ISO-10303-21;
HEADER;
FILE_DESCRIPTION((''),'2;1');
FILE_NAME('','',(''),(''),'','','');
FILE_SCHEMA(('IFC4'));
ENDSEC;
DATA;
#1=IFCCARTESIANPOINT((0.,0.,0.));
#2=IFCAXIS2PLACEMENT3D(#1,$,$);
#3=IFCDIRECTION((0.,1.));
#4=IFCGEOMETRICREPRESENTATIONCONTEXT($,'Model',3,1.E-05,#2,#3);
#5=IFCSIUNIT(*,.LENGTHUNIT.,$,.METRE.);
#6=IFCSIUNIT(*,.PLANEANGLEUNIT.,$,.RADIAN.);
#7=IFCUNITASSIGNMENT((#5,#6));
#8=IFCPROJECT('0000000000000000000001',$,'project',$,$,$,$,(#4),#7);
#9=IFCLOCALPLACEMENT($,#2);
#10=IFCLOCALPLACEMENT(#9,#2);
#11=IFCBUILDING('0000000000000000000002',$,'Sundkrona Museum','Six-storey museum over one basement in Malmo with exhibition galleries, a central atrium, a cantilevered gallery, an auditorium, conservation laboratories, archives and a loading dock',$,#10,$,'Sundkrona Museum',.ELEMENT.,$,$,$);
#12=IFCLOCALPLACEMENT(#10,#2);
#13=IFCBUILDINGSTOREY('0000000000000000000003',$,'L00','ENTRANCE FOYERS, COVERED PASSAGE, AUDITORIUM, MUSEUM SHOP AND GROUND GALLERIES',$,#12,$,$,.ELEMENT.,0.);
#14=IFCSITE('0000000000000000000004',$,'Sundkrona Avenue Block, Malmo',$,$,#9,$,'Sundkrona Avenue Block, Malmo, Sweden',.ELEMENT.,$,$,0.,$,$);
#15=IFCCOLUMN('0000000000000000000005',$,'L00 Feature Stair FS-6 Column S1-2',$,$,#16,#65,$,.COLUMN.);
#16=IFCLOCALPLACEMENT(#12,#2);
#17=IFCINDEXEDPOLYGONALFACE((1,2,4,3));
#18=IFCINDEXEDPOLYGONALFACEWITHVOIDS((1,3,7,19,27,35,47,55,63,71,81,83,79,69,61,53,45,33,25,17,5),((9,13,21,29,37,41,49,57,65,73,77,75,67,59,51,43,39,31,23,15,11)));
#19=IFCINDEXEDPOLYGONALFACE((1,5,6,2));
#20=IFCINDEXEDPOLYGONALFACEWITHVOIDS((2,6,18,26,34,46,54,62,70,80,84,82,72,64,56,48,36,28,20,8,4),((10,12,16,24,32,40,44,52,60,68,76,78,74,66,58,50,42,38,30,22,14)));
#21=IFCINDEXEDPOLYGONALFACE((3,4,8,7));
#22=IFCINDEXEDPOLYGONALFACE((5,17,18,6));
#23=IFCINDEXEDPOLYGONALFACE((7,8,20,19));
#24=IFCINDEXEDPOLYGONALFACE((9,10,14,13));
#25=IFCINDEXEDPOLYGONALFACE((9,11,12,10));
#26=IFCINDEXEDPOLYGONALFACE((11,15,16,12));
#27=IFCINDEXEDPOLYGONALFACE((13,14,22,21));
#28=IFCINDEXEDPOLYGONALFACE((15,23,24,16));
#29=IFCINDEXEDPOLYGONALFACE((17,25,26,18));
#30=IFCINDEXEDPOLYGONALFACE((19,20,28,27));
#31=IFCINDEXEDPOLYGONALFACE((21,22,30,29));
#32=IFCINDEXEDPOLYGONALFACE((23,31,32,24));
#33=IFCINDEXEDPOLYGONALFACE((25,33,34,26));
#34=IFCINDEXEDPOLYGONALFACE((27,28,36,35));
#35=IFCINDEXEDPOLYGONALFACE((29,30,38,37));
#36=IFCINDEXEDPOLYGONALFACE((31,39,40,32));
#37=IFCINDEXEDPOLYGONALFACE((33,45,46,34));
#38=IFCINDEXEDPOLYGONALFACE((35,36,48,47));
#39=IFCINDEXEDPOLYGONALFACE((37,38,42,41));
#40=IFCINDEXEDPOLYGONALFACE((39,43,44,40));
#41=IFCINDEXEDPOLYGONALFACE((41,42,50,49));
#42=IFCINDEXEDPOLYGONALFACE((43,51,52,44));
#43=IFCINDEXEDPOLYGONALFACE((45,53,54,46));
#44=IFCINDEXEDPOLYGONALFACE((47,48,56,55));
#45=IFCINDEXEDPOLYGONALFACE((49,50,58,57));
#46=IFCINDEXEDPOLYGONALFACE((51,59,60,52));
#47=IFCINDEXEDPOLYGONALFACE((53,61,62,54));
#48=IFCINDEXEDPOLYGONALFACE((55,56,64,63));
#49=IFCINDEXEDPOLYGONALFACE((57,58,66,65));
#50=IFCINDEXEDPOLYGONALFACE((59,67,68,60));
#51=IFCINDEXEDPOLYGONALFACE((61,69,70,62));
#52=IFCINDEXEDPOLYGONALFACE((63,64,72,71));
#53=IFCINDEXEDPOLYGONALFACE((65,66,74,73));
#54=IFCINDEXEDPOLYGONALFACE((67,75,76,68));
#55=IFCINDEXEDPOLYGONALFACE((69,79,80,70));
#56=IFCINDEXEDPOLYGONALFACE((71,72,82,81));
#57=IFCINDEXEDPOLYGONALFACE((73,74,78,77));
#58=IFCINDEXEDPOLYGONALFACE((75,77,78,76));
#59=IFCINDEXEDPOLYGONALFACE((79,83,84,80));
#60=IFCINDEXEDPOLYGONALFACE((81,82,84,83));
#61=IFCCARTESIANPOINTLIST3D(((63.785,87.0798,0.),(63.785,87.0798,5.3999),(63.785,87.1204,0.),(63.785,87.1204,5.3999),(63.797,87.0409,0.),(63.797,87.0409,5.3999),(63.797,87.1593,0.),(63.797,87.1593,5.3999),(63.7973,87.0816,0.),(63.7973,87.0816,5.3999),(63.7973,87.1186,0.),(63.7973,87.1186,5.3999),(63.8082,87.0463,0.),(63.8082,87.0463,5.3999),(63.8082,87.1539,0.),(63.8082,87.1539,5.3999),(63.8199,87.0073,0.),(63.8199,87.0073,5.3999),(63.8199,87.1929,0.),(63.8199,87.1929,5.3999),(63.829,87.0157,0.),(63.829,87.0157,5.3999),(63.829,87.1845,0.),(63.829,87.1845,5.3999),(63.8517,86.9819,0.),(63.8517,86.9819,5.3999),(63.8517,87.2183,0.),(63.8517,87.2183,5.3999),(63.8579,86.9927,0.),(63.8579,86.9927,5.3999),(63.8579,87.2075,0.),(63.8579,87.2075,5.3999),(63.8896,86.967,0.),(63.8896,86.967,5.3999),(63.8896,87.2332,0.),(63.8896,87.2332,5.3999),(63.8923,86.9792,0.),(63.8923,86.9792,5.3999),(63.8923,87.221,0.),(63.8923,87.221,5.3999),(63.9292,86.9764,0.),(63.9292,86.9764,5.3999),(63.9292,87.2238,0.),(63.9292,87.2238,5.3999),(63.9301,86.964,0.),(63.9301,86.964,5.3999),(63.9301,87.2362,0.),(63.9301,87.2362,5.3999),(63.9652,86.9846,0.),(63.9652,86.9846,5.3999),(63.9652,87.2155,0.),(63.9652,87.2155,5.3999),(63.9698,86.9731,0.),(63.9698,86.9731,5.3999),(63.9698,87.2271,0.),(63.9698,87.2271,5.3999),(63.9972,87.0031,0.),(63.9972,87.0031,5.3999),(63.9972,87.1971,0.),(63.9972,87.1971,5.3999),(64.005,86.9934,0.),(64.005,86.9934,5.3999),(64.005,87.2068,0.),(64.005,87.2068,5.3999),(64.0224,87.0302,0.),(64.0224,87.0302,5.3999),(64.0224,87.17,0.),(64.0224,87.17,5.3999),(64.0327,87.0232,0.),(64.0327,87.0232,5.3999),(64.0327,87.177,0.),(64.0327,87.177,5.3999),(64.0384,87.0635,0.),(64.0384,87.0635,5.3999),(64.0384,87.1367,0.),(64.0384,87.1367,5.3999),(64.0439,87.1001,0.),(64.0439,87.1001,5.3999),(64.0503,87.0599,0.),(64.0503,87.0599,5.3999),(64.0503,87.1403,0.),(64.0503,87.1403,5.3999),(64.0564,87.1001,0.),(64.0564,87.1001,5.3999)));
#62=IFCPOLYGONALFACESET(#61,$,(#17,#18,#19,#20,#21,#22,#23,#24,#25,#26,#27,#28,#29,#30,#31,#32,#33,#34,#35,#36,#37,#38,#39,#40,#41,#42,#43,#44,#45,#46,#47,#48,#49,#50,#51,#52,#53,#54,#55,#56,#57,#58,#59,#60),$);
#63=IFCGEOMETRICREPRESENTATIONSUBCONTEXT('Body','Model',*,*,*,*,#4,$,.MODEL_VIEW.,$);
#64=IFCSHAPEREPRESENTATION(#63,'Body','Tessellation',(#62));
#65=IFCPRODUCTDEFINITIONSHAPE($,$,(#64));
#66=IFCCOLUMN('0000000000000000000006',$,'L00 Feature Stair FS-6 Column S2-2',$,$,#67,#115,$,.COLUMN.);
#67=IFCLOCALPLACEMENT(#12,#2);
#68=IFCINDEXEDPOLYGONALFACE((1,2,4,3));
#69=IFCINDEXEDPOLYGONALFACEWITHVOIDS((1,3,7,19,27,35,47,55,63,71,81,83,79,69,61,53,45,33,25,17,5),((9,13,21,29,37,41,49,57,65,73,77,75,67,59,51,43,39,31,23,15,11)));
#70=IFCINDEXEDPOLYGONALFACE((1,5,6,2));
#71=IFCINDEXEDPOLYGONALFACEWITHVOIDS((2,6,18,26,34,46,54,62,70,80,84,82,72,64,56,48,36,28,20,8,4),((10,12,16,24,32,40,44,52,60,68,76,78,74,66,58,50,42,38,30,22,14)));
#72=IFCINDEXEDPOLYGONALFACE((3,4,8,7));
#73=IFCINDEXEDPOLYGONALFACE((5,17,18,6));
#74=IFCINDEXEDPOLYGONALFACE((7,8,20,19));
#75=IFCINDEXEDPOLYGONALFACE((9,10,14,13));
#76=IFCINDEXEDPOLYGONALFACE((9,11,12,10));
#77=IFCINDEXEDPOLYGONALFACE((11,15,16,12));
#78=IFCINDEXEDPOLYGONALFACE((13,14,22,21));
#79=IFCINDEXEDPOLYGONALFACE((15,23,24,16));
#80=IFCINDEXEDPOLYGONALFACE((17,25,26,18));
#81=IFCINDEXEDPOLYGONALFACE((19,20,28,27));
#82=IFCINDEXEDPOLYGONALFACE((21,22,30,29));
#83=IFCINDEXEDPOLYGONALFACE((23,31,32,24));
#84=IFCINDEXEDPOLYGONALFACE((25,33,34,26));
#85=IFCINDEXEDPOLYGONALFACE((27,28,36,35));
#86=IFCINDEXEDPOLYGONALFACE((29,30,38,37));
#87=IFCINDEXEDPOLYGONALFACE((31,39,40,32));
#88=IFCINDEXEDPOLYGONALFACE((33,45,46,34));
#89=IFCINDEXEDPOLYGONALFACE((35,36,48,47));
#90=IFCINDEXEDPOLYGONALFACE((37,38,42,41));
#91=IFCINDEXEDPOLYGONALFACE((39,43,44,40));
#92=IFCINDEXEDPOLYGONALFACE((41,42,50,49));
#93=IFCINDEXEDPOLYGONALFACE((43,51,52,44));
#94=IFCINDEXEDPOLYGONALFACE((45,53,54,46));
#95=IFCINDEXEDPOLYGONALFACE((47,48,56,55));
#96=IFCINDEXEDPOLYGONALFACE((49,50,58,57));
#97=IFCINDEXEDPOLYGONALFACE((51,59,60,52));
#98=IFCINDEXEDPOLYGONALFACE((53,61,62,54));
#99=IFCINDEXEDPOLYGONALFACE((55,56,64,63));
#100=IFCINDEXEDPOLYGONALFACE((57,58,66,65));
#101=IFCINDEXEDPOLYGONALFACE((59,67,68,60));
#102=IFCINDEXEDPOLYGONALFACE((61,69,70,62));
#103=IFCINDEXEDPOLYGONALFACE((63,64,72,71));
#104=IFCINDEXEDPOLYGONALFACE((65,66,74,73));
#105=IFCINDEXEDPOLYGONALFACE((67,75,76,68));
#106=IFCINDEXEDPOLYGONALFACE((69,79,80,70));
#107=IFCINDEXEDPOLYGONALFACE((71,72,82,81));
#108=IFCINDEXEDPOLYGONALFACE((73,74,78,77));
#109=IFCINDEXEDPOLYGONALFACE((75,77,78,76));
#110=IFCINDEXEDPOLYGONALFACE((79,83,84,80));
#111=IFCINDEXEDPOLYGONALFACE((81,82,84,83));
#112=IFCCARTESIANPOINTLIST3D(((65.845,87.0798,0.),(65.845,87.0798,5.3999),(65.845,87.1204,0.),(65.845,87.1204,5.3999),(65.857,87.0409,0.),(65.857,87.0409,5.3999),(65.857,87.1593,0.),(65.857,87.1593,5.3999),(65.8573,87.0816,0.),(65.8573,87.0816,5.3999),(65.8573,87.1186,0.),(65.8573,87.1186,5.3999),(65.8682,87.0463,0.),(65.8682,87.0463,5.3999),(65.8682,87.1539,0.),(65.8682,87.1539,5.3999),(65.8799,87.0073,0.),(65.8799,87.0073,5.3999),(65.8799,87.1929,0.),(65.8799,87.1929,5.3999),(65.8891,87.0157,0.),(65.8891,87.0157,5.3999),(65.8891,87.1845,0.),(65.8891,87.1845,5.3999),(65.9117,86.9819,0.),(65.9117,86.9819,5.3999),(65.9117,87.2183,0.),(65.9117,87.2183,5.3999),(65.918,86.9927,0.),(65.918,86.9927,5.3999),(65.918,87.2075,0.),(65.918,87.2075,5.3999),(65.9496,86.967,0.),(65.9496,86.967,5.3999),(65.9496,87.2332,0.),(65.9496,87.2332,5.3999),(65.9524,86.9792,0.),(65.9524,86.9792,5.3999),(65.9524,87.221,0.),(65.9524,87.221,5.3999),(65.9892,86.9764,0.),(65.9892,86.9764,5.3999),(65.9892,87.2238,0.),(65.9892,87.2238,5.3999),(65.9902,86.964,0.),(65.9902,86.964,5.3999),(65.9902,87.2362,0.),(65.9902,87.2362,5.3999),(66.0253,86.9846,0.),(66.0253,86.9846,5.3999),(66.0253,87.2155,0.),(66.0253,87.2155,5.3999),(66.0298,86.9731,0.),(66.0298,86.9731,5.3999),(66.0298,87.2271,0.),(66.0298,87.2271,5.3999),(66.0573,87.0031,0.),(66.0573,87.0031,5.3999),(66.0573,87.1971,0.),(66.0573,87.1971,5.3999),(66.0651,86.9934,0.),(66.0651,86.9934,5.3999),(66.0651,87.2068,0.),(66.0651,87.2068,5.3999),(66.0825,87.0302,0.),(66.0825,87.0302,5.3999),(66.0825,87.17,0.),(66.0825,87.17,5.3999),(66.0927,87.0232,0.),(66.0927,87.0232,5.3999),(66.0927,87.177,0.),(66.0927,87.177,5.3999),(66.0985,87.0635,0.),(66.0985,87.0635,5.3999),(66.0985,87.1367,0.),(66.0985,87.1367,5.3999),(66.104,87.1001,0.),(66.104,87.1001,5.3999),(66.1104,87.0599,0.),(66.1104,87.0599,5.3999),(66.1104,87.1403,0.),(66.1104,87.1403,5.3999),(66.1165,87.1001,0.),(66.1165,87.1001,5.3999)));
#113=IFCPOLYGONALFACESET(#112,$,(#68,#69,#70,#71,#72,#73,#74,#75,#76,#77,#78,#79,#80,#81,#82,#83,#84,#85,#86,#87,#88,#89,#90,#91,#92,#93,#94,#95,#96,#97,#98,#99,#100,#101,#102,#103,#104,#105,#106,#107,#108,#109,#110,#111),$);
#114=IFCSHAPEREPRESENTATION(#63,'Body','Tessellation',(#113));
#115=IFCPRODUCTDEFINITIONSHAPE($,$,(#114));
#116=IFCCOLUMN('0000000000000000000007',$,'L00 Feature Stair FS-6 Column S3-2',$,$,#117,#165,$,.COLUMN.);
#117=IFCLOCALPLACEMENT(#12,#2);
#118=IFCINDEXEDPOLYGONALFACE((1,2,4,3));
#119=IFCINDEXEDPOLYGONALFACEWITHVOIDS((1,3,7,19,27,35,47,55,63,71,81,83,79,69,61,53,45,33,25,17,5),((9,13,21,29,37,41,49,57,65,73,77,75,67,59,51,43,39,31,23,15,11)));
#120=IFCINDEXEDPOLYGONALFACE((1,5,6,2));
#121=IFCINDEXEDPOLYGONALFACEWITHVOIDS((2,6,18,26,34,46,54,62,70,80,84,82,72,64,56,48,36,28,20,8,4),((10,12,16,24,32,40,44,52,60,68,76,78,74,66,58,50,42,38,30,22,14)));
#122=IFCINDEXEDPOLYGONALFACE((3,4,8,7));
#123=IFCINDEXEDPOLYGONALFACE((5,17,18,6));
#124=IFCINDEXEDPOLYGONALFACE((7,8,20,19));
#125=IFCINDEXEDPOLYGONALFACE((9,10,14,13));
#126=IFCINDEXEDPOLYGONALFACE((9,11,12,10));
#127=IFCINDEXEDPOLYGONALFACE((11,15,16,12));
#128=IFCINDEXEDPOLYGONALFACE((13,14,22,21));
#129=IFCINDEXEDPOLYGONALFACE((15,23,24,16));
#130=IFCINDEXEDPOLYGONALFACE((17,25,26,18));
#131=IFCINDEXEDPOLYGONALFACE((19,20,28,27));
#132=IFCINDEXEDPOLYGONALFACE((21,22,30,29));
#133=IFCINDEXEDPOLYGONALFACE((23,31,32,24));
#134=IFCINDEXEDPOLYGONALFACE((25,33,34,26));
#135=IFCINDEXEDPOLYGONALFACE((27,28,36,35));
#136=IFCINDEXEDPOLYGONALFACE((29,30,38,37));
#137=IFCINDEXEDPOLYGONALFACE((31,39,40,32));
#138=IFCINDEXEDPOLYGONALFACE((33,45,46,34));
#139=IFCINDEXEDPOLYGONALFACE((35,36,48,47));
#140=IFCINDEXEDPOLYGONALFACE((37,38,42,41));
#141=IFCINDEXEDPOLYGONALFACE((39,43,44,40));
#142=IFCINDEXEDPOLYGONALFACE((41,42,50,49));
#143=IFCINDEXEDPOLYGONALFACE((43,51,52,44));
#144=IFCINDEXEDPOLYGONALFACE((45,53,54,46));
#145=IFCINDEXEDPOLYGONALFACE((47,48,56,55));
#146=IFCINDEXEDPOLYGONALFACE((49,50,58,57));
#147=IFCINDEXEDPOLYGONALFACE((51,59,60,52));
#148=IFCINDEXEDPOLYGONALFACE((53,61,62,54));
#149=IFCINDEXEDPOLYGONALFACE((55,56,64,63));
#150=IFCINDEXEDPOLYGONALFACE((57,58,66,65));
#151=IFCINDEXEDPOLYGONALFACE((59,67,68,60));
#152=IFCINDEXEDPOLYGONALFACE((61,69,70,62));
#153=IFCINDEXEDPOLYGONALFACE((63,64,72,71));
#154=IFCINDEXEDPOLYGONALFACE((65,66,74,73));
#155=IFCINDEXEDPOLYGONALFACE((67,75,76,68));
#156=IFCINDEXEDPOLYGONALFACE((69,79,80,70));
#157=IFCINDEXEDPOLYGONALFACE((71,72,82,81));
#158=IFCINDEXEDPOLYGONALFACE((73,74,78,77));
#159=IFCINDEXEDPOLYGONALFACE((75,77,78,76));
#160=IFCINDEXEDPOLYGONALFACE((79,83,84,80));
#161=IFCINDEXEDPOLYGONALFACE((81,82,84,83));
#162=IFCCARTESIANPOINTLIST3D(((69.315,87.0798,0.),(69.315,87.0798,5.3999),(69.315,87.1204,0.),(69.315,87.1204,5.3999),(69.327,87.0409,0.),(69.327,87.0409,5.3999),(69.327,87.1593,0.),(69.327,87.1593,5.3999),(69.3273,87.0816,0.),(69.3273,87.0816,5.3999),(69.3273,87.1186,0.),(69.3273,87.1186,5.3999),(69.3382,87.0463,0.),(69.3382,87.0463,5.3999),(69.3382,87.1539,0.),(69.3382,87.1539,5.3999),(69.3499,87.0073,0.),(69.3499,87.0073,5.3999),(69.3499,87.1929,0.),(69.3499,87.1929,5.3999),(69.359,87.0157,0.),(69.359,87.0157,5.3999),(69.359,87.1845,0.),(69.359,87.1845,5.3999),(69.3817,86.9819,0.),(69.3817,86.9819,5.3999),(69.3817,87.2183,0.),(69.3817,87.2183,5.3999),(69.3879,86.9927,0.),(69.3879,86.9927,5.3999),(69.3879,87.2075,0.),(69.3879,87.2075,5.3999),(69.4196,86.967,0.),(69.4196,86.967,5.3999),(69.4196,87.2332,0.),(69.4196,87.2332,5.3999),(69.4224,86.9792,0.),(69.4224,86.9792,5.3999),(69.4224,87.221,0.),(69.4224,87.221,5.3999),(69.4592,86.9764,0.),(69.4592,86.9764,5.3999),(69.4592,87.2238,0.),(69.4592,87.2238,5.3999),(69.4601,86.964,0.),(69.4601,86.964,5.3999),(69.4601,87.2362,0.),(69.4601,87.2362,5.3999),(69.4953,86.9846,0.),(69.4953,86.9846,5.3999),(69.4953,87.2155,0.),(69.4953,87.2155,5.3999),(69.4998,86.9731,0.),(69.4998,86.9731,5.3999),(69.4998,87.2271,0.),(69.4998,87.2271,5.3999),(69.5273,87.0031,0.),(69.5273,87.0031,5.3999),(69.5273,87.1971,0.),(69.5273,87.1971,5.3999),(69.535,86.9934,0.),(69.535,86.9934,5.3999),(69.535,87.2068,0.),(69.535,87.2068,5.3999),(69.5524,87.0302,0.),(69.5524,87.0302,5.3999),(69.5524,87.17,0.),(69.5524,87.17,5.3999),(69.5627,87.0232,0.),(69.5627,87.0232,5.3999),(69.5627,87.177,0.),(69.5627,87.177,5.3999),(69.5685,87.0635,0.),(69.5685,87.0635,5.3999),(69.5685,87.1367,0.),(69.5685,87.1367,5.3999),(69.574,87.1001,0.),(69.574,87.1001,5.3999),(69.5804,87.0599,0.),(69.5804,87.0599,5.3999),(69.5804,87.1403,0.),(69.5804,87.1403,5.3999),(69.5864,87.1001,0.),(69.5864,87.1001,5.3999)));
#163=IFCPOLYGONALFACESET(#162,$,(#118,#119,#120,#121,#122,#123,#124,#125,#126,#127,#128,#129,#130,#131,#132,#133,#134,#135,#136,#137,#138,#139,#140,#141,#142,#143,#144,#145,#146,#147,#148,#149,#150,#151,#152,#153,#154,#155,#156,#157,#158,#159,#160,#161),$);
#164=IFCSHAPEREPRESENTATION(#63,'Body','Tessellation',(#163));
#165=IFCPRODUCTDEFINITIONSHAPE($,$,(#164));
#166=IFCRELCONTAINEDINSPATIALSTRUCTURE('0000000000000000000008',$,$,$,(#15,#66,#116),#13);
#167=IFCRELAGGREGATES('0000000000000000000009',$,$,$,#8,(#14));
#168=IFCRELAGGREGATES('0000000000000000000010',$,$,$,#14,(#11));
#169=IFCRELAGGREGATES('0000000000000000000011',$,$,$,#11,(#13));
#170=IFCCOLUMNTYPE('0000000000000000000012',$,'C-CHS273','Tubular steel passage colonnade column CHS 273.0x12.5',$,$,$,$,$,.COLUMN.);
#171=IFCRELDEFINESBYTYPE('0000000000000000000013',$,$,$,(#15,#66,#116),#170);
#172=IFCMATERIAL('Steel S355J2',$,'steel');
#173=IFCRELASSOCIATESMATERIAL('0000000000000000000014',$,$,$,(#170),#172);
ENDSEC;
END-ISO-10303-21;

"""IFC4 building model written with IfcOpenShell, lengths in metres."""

from ifc_helpers import new_model, si_unit, direction, frame, origin, origin_2d, place, context, subcontext, project, spatial, hollow_circle, extrude, material, material_profile, profile_set, type_object, element, save


model = new_model("IFC4")

# Units and contexts
model_context = context("Model", 3, precision=1e-05, world=origin(), true_north=direction((0.0, 1.0)))
body_context = subcontext(model_context, "Body", "Model", "MODEL_VIEW")
ifc_project = project(units=[si_unit("LENGTHUNIT", "METRE"), si_unit("PLANEANGLEUNIT", "RADIAN")], contexts=[model_context])

# Site, building, storey
site_placement = place(None, origin())
site = spatial("IfcSite", under=ifc_project, at=site_placement, Name="Sundkrona Avenue Block, Malmo", LongName="Sundkrona Avenue Block, Malmo, Sweden", CompositionType="ELEMENT", RefElevation=0.0)
building_placement = place(site_placement, origin())
building = spatial("IfcBuilding", under=site, at=building_placement, Name="Sundkrona Museum", Description="Six-storey museum over one basement in Malmo with exhibition galleries, a central atrium, a cantilevered gallery, an auditorium, conservation laboratories, archives and a loading dock", LongName="Sundkrona Museum", CompositionType="ELEMENT")
storey_placement = place(building_placement, origin())
storey = spatial("IfcBuildingStorey", under=building, at=storey_placement, Name="L00", Description="ENTRANCE FOYERS, COVERED PASSAGE, AUDITORIUM, MUSEUM SHOP AND GROUND GALLERIES", CompositionType="ELEMENT", Elevation=0.0)

# Columns
ifc_material_1 = material(Name="Steel S355J2", Category="steel")
ifc_material_profile_1 = material_profile(ifc_material_1, hollow_circle(Radius=0.1365, WallThickness=0.0125, at=origin_2d()), Name="CHS 273.0x12.5")
ifc_profile_set_1 = profile_set([ifc_material_profile_1], Name="Steel S355J2")
column_type_1 = type_object("IfcColumnType", Name="C-CHS273", Description="Tubular steel passage colonnade column CHS 273.0x12.5", PredefinedType="COLUMN", material=ifc_profile_set_1)
for number, where, z_axis, x_axis, name in (
    (1, (63.9199, 87.1001, 0.0), (0.0, 0.0, 1.0), (1.0, 0.0, 0.0), "L00 Feature Stair FS-6 Column S1-2"),
    (2, (65.98, 87.1001, 0.0), (0.0, 0.0, 1.0), (1.0, 0.0, 0.0), "L00 Feature Stair FS-6 Column S2-2"),
    (3, (69.45, 87.1001, 0.0), (0.0, 0.0, 1.0), (1.0, 0.0, 0.0), "L00 Feature Stair FS-6 Column S3-2"),
):
    element("IfcColumn", number, at=place(storey_placement, frame(where, z_axis=z_axis, x_axis=x_axis)), inside=storey, type_object=column_type_1, Name=name, PredefinedType="COLUMN", context=body_context, shape_type="SweptSolid", body=[
        extrude(hollow_circle(Radius=0.1365, WallThickness=0.0125, at=origin_2d()), origin(), (0.0, 0.0, 1.0), 5.3999),
    ])

save(model, "model.ifc")
